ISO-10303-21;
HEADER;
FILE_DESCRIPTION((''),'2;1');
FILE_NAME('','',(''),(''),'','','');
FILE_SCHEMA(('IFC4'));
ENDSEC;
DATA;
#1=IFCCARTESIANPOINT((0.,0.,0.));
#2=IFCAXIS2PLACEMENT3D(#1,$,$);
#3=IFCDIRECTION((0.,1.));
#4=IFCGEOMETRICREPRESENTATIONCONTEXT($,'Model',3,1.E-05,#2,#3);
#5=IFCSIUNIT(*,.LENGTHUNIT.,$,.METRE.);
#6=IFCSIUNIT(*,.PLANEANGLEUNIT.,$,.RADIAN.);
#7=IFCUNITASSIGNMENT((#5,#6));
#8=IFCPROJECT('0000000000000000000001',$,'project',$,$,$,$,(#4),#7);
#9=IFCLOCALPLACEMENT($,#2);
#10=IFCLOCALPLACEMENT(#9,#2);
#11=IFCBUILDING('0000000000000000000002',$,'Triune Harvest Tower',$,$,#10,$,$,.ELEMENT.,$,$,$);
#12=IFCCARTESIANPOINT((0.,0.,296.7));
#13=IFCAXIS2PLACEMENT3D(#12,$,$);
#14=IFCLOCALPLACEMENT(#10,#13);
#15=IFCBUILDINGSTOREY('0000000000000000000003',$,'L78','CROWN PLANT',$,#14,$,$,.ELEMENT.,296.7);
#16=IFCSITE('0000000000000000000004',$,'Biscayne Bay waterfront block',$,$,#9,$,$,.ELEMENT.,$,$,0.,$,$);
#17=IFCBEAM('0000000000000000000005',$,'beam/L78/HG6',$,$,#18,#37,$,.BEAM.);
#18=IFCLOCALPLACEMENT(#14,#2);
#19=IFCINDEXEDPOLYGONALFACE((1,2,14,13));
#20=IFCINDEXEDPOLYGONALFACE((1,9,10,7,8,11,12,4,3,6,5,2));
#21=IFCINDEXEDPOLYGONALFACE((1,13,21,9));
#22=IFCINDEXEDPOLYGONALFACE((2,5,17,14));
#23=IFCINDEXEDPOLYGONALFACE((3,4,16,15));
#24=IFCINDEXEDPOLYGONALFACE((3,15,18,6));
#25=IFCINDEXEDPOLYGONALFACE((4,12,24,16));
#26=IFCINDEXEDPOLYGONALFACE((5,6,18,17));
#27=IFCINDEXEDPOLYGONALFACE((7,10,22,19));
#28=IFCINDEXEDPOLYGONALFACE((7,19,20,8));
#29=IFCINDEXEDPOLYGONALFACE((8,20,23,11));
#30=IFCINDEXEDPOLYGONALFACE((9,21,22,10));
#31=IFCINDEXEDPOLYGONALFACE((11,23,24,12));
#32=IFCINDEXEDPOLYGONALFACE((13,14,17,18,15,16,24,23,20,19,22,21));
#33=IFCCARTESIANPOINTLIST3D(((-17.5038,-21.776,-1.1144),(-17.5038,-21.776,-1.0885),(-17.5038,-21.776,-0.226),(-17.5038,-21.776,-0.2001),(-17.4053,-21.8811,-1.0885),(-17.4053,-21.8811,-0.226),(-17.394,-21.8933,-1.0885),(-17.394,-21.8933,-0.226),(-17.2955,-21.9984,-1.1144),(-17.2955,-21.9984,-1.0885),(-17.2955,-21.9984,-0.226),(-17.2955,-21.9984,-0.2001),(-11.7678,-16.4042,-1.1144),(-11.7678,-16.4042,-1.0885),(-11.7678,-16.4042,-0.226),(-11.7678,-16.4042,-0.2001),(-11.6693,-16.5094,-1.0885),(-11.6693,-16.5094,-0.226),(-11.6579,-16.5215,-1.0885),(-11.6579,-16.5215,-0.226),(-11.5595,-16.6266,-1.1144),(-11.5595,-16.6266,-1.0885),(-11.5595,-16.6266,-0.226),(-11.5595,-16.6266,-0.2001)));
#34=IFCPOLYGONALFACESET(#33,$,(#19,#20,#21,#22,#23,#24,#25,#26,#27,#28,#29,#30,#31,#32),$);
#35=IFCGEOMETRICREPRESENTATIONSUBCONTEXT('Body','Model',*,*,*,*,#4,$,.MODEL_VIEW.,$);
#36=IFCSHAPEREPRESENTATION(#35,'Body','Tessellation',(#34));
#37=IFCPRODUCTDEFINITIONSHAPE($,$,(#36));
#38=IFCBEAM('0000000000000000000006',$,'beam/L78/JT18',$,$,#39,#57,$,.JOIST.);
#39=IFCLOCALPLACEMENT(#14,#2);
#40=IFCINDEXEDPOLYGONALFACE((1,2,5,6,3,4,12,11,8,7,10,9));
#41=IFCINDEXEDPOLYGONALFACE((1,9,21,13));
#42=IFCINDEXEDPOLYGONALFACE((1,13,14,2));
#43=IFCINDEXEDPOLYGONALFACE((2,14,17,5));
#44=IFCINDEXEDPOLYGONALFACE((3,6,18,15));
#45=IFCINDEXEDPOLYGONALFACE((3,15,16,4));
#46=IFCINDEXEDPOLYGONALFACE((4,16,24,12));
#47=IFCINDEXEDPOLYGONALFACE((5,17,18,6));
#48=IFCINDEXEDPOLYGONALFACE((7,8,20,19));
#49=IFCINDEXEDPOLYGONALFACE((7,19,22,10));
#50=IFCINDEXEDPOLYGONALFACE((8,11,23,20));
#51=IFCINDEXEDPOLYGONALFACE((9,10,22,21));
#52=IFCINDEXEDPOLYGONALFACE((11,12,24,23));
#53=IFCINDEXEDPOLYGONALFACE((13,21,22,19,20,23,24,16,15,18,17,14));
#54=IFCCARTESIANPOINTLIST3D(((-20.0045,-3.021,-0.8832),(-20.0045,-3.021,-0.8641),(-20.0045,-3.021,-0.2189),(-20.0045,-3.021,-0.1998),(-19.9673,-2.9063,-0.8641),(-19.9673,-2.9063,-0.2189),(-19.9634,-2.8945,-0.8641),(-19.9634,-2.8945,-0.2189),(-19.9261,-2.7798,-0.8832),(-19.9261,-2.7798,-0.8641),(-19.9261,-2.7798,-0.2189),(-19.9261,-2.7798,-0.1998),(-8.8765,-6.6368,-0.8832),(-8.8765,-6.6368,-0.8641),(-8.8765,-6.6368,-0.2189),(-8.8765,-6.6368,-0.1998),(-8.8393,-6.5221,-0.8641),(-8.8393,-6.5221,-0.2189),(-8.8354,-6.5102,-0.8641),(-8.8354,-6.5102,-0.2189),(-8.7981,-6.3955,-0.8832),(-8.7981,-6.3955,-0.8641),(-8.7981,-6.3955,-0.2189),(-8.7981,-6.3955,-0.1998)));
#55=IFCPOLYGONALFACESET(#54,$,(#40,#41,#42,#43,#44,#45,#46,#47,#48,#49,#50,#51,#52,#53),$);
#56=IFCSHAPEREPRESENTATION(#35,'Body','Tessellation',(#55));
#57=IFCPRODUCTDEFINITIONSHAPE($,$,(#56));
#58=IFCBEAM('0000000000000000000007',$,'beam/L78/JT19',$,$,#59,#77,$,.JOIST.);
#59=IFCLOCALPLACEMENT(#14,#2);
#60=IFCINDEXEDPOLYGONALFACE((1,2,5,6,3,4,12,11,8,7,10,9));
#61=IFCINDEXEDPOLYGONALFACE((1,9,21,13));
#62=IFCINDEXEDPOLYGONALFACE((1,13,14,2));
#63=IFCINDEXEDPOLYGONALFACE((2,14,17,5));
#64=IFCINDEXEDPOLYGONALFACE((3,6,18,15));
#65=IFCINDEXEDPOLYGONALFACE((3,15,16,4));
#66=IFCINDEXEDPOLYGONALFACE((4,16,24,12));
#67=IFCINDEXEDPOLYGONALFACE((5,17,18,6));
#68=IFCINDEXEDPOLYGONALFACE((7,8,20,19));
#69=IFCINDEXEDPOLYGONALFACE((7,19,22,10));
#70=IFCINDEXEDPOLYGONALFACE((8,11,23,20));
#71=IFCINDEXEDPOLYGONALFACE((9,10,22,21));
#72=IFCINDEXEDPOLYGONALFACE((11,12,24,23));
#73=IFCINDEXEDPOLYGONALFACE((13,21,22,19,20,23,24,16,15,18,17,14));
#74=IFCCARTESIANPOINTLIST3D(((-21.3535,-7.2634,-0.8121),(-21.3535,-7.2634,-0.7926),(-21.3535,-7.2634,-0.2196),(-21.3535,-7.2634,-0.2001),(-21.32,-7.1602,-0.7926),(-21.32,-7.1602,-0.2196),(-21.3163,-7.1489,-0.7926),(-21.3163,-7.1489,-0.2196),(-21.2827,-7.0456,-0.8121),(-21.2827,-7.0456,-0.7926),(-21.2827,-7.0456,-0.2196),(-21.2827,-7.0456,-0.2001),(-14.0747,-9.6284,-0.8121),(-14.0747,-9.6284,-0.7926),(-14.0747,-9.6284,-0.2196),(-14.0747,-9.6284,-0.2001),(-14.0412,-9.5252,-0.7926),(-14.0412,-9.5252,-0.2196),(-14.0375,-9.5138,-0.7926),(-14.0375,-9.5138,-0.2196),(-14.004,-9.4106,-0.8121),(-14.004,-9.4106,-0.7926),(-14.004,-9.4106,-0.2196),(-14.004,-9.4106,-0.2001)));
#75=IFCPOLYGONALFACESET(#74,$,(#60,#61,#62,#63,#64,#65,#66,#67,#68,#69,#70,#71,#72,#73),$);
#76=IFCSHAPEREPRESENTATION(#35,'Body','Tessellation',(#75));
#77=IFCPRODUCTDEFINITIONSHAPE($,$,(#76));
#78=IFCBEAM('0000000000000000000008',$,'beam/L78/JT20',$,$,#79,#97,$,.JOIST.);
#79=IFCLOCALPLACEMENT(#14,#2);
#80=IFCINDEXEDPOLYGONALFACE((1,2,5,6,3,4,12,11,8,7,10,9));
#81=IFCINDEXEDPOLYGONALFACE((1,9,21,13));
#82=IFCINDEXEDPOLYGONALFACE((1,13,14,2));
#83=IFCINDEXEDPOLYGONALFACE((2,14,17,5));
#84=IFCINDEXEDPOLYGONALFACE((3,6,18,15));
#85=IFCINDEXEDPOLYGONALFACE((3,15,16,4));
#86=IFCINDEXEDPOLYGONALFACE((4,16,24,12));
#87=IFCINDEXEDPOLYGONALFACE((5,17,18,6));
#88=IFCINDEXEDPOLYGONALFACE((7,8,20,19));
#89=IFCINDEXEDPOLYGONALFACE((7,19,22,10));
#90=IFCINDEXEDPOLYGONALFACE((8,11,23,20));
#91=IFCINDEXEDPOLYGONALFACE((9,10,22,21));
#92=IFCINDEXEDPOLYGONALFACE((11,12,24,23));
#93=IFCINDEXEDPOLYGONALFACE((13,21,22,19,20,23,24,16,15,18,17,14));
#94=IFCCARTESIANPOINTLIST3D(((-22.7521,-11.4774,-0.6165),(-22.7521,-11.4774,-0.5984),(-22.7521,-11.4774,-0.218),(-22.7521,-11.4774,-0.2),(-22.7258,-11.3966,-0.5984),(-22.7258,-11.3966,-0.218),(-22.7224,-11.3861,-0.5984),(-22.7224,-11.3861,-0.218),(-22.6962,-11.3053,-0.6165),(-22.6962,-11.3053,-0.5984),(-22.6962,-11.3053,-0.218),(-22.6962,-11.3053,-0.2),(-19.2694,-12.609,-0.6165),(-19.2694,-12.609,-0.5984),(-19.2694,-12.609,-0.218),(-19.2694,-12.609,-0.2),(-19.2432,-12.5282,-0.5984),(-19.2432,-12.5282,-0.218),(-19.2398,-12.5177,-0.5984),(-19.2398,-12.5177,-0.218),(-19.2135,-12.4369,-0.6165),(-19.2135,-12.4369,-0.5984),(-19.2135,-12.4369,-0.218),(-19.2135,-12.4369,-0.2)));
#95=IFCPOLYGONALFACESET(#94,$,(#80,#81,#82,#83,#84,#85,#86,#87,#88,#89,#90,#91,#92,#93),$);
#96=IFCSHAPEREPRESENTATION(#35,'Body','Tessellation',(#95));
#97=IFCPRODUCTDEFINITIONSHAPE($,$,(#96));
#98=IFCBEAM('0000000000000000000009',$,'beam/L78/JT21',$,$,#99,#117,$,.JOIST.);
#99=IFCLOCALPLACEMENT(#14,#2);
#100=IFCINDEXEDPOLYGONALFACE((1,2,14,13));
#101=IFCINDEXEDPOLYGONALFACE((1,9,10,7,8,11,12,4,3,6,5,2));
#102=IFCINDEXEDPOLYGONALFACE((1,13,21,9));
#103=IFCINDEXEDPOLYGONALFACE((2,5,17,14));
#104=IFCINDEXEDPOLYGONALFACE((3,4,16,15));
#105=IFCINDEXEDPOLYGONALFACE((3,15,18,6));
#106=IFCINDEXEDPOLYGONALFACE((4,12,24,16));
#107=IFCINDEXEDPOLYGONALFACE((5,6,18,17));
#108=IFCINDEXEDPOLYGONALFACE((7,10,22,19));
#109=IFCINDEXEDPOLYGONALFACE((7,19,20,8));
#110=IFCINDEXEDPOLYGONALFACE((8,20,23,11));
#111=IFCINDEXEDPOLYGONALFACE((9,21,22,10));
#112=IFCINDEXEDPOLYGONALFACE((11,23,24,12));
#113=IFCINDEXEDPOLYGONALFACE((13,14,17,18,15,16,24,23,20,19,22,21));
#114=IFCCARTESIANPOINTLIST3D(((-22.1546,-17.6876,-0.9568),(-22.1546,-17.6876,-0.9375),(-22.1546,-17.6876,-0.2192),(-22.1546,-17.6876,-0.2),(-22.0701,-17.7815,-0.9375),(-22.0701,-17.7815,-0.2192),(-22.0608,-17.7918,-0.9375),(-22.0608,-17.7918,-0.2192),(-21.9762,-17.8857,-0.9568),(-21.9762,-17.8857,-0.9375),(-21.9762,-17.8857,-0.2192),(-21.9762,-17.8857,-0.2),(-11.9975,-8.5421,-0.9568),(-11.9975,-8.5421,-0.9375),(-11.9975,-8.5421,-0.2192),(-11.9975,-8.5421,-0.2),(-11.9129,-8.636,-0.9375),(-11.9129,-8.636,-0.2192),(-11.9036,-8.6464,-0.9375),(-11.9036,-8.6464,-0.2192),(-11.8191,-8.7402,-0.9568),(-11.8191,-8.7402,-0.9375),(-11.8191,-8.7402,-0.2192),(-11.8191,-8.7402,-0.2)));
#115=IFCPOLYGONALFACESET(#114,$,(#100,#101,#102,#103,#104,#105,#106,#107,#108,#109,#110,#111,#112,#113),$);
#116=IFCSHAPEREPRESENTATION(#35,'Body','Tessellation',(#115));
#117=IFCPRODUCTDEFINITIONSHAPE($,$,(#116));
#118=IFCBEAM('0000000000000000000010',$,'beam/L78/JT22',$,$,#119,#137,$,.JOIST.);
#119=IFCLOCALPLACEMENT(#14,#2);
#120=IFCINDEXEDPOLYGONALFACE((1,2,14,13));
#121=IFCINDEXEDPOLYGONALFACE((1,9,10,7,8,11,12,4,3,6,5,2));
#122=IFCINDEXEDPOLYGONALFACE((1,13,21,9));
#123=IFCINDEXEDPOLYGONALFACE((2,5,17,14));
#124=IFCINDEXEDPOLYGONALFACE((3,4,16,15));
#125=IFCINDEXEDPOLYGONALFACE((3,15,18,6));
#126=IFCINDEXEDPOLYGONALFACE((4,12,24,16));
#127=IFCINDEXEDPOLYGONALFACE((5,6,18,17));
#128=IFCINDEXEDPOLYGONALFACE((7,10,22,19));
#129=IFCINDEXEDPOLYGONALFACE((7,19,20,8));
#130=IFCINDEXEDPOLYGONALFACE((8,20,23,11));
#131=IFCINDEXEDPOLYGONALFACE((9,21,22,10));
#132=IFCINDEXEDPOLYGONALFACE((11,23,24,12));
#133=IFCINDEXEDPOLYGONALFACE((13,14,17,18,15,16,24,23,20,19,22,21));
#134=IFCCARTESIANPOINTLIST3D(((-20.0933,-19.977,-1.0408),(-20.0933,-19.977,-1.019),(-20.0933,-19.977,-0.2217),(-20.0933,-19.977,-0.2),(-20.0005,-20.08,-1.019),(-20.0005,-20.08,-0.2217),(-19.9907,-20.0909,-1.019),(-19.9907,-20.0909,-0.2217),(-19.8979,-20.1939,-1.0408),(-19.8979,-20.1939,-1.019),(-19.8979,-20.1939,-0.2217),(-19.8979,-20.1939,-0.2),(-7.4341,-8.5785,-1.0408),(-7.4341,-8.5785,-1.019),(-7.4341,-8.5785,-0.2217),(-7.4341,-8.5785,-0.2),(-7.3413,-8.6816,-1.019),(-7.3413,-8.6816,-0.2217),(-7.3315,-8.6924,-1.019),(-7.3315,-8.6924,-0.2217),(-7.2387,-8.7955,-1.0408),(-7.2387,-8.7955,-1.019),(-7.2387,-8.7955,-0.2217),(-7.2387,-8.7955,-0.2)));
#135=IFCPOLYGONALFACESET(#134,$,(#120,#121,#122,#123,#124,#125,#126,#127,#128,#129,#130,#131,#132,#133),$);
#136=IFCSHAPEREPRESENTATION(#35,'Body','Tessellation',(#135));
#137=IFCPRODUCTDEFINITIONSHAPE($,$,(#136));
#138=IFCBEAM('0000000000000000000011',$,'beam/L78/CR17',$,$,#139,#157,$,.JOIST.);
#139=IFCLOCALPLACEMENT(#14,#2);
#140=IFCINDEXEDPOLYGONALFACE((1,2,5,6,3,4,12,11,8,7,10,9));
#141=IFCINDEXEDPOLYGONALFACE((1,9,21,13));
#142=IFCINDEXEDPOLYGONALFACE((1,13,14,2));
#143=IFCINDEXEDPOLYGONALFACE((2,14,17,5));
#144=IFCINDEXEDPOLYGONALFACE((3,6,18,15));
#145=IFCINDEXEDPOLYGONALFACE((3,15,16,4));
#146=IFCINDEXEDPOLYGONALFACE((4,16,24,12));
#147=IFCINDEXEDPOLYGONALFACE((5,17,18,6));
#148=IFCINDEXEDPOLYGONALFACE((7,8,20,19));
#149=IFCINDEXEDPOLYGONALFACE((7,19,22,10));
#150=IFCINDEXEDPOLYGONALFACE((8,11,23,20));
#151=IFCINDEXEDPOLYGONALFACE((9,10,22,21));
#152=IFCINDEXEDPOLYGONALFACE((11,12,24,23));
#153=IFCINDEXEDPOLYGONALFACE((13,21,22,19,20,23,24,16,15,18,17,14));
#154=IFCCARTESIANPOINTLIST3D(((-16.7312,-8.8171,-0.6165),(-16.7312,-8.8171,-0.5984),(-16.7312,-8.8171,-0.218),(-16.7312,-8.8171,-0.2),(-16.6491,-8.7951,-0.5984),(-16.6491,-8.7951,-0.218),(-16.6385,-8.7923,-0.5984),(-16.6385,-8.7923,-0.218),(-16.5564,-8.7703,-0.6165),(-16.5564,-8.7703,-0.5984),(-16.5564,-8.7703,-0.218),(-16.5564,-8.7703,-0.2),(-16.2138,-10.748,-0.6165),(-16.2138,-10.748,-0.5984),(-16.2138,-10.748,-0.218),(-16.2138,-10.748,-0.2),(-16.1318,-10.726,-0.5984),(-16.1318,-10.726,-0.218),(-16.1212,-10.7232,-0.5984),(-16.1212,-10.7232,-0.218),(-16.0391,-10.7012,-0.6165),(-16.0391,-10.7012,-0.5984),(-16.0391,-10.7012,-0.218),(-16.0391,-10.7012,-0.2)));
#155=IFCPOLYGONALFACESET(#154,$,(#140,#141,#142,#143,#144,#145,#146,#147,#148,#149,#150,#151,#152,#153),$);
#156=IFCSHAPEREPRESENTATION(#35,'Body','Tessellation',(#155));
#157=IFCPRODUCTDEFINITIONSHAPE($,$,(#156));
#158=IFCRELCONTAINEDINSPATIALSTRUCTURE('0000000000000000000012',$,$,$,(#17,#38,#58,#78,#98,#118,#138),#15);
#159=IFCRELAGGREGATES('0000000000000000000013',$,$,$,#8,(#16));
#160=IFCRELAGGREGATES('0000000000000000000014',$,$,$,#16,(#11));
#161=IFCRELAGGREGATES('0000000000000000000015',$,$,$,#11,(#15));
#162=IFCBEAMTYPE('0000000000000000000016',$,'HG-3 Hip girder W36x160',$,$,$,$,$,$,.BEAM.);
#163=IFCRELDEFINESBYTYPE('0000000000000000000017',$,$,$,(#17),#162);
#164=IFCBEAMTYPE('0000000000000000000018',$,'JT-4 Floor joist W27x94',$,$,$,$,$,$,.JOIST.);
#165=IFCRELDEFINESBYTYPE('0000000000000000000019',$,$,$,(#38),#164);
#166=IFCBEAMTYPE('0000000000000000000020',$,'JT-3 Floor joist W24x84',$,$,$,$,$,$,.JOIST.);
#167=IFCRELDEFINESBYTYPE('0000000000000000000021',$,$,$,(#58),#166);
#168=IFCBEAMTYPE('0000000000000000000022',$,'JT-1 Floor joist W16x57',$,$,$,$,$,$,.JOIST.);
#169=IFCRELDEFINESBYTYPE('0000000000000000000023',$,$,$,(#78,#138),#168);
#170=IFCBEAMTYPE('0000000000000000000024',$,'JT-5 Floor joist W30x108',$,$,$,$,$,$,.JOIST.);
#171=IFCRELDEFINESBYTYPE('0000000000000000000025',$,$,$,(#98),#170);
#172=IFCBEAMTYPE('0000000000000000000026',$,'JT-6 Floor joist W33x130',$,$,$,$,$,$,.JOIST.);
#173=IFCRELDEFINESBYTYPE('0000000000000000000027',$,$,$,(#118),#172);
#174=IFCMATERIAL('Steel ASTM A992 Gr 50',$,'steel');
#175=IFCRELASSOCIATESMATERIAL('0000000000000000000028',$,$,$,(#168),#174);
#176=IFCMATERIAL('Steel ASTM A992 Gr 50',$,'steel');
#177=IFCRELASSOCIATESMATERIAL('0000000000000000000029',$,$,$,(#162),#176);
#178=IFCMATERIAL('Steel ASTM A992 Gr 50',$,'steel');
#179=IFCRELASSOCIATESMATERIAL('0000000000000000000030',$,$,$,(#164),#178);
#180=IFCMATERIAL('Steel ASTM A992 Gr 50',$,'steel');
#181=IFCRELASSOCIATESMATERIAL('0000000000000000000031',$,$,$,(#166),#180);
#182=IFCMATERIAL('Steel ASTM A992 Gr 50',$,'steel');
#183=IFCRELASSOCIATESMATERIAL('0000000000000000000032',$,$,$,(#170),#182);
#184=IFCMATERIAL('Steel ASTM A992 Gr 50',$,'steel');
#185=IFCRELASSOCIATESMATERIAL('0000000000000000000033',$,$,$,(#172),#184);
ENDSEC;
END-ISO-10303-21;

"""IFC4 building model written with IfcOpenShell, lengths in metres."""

from ifc_helpers import new_model, si_unit, direction, frame, origin, origin_2d, place, context, subcontext, project, spatial, i_section, extrude, source, transform, mapped, material, material_profile, profile_set, type_object, element, save


model = new_model("IFC4")

# Units and contexts
model_context = context("Model", 3, precision=1e-05, world=origin(), true_north=direction((0.0, 1.0)))
body_context = subcontext(model_context, "Body", "Model", "MODEL_VIEW")
ifc_project = project(units=[si_unit("LENGTHUNIT", "METRE"), si_unit("PLANEANGLEUNIT", "RADIAN")], contexts=[model_context])

# Site, building, storey
site_placement = place(None, origin())
site = spatial("IfcSite", under=ifc_project, at=site_placement, Name="Biscayne Bay waterfront block", CompositionType="ELEMENT", RefElevation=0.0)
building_placement = place(site_placement, origin())
building = spatial("IfcBuilding", under=site, at=building_placement, Name="Triune Harvest Tower", CompositionType="ELEMENT")
storey_placement = place(building_placement, frame((0.0, 0.0, 296.7)))
storey = spatial("IfcBuildingStorey", under=building, at=storey_placement, Name="L78", Description="CROWN PLANT", CompositionType="ELEMENT", Elevation=296.7)

# Shared definitions
ifc_material_1 = material(Name="Steel ASTM A992 Gr 50", Category="steel")
ifc_material_profile_1 = material_profile(ifc_material_1, i_section(OverallWidth=0.1809, OverallDepth=0.4165, WebThickness=0.011, FlangeThickness=0.0181, at=origin_2d()), Name="W16x57")
ifc_profile_set_1 = profile_set([ifc_material_profile_1], Name="Steel ASTM A992 Gr 50")
beam_type_1 = type_object("IfcBeamType", Name="JT-1 Floor joist W16x57", PredefinedType="JOIST", material=ifc_profile_set_1)

# Beams
ifc_material_2 = material(Name="Steel ASTM A992 Gr 50", Category="steel")
ifc_material_profile_2 = material_profile(ifc_material_2, i_section(OverallWidth=0.3047, OverallDepth=0.9143, WebThickness=0.0166, FlangeThickness=0.0259, at=origin_2d()), Name="W36x160")
ifc_profile_set_2 = profile_set([ifc_material_profile_2], Name="Steel ASTM A992 Gr 50")
beam_type_2 = type_object("IfcBeamType", Name="HG-3 Hip girder W36x160", PredefinedType="BEAM", material=ifc_profile_set_2)
shared_shape_1 = source(origin(), body_context, "Body", "SweptSolid", [
    extrude(i_section(OverallWidth=0.3047, OverallDepth=0.9143, WebThickness=0.0166, FlangeThickness=0.0259, at=origin_2d()), origin(), (0.0, 0.0, 1.0), 7.8586),
])
beam_1_placement = place(storey_placement, frame((-17.3997, -21.8872, -0.6572), z_axis=(0.729902, 0.683551, 0.0), x_axis=(-0.683551, 0.729902, 0.0)))
element("IfcBeam", 1, at=beam_1_placement, inside=storey, type_object=beam_type_2, Name="beam/L78/HG6", PredefinedType="BEAM", context=body_context, shape_type="MappedRepresentation", body=[
    mapped(shared_shape_1, transform((0.0, 0.0, 0.0), scale=1.0)),
])
ifc_material_3 = material(Name="Steel ASTM A992 Gr 50", Category="steel")
ifc_material_profile_3 = material_profile(ifc_material_3, i_section(OverallWidth=0.2537, OverallDepth=0.6833, WebThickness=0.0125, FlangeThickness=0.019, at=origin_2d()), Name="W27x94")
ifc_profile_set_3 = profile_set([ifc_material_profile_3], Name="Steel ASTM A992 Gr 50")
beam_type_3 = type_object("IfcBeamType", Name="JT-4 Floor joist W27x94", PredefinedType="JOIST", material=ifc_profile_set_3)
shared_shape_2 = source(origin(), body_context, "Body", "SweptSolid", [
    extrude(i_section(OverallWidth=0.2537, OverallDepth=0.6833, WebThickness=0.0125, FlangeThickness=0.019, at=origin_2d()), origin(), (0.0, 0.0, 1.0), 11.7007),
])
beam_2_placement = place(storey_placement, frame((-19.9653, -2.9004, -0.5415), z_axis=(0.951056, -0.30902, 0.0), x_axis=(0.30902, 0.951056, 0.0)))
element("IfcBeam", 2, at=beam_2_placement, inside=storey, type_object=beam_type_3, Name="beam/L78/JT18", PredefinedType="JOIST", context=body_context, shape_type="MappedRepresentation", body=[
    mapped(shared_shape_2, transform((0.0, 0.0, 0.0), scale=1.0)),
])
ifc_material_4 = material(Name="Steel ASTM A992 Gr 50", Category="steel")
ifc_material_profile_4 = material_profile(ifc_material_4, i_section(OverallWidth=0.229, OverallDepth=0.6121, WebThickness=0.012, FlangeThickness=0.0195, at=origin_2d()), Name="W24x84")
ifc_profile_set_4 = profile_set([ifc_material_profile_4], Name="Steel ASTM A992 Gr 50")
beam_type_4 = type_object("IfcBeamType", Name="JT-3 Floor joist W24x84", PredefinedType="JOIST", material=ifc_profile_set_4)
shared_shape_3 = source(origin(), body_context, "Body", "SweptSolid", [
    extrude(i_section(OverallWidth=0.229, OverallDepth=0.6121, WebThickness=0.012, FlangeThickness=0.0195, at=origin_2d()), origin(), (0.0, 0.0, 1.0), 7.6533),
])
beam_3_placement = place(storey_placement, frame((-21.3181, -7.1545, -0.5061), z_axis=(0.951058, -0.309012, 0.0), x_axis=(0.309012, 0.951058, 0.0)))
element("IfcBeam", 3, at=beam_3_placement, inside=storey, type_object=beam_type_4, Name="beam/L78/JT19", PredefinedType="JOIST", context=body_context, shape_type="MappedRepresentation", body=[
    mapped(shared_shape_3, transform((0.0, 0.0, 0.0), scale=1.0)),
])
shared_shape_4 = source(origin(), body_context, "Body", "SweptSolid", [
    extrude(i_section(OverallWidth=0.1809, OverallDepth=0.4165, WebThickness=0.011, FlangeThickness=0.0181, at=origin_2d()), origin(), (0.0, 0.0, 1.0), 3.6619),
])
beam_4_placement = place(storey_placement, frame((-22.7241, -11.3914, -0.4082), z_axis=(0.951056, -0.309018, 0.0), x_axis=(0.309018, 0.951056, 0.0)))
element("IfcBeam", 4, at=beam_4_placement, inside=storey, type_object=beam_type_1, Name="beam/L78/JT20", PredefinedType="JOIST", context=body_context, shape_type="MappedRepresentation", body=[
    mapped(shared_shape_4, transform((0.0, 0.0, 0.0), scale=1.0)),
])
ifc_material_5 = material(Name="Steel ASTM A992 Gr 50", Category="steel")
ifc_material_profile_5 = material_profile(ifc_material_5, i_section(OverallWidth=0.2666, OverallDepth=0.7568, WebThickness=0.0139, FlangeThickness=0.0193, at=origin_2d()), Name="W30x108")
ifc_profile_set_5 = profile_set([ifc_material_profile_5], Name="Steel ASTM A992 Gr 50")
beam_type_5 = type_object("IfcBeamType", Name="JT-5 Floor joist W30x108", PredefinedType="JOIST", material=ifc_profile_set_5)
shared_shape_5 = source(origin(), body_context, "Body", "SweptSolid", [
    extrude(i_section(OverallWidth=0.2666, OverallDepth=0.7568, WebThickness=0.0139, FlangeThickness=0.0193, at=origin_2d()), origin(), (0.0, 0.0, 1.0), 13.6677),
])
beam_5_placement = place(storey_placement, frame((-22.0654, -17.7866, -0.5784), z_axis=(0.743148, 0.669127, 0.0), x_axis=(-0.669127, 0.743148, 0.0)))
element("IfcBeam", 5, at=beam_5_placement, inside=storey, type_object=beam_type_5, Name="beam/L78/JT21", PredefinedType="JOIST", context=body_context, shape_type="MappedRepresentation", body=[
    mapped(shared_shape_5, transform((0.0, 0.0, 0.0), scale=1.0)),
])
ifc_material_6 = material(Name="Steel ASTM A992 Gr 50", Category="steel")
ifc_material_profile_6 = material_profile(ifc_material_6, i_section(OverallWidth=0.292, OverallDepth=0.8408, WebThickness=0.0146, FlangeThickness=0.0217, at=origin_2d()), Name="W33x130")
ifc_profile_set_6 = profile_set([ifc_material_profile_6], Name="Steel ASTM A992 Gr 50")
beam_type_6 = type_object("IfcBeamType", Name="JT-6 Floor joist W33x130", PredefinedType="JOIST", material=ifc_profile_set_6)
shared_shape_6 = source(origin(), body_context, "Body", "SweptSolid", [
    extrude(i_section(OverallWidth=0.292, OverallDepth=0.8408, WebThickness=0.0146, FlangeThickness=0.0217, at=origin_2d()), origin(), (0.0, 0.0, 1.0), 17.0347),
])
beam_6_placement = place(storey_placement, frame((-19.9956, -20.0854, -0.6204), z_axis=(0.743143, 0.669133, 0.0), x_axis=(-0.669133, 0.743143, 0.0)))
element("IfcBeam", 6, at=beam_6_placement, inside=storey, type_object=beam_type_6, Name="beam/L78/JT22", PredefinedType="JOIST", context=body_context, shape_type="MappedRepresentation", body=[
    mapped(shared_shape_6, transform((0.0, 0.0, 0.0), scale=1.0)),
])
shared_shape_7 = source(origin(), body_context, "Body", "SweptSolid", [
    extrude(i_section(OverallWidth=0.1809, OverallDepth=0.4165, WebThickness=0.011, FlangeThickness=0.0181, at=origin_2d()), origin(), (0.0, 0.0, 1.0), 1.999),
])
beam_7_placement = place(storey_placement, frame((-16.6438, -8.7937, -0.4082), z_axis=(0.258795, -0.965932, 0.0), x_axis=(0.965932, 0.258795, 0.0)))
element("IfcBeam", 7, at=beam_7_placement, inside=storey, type_object=beam_type_1, Name="beam/L78/CR17", PredefinedType="JOIST", context=body_context, shape_type="MappedRepresentation", body=[
    mapped(shared_shape_7, transform((0.0, 0.0, 0.0), scale=1.0)),
])

save(model, "model.ifc")
